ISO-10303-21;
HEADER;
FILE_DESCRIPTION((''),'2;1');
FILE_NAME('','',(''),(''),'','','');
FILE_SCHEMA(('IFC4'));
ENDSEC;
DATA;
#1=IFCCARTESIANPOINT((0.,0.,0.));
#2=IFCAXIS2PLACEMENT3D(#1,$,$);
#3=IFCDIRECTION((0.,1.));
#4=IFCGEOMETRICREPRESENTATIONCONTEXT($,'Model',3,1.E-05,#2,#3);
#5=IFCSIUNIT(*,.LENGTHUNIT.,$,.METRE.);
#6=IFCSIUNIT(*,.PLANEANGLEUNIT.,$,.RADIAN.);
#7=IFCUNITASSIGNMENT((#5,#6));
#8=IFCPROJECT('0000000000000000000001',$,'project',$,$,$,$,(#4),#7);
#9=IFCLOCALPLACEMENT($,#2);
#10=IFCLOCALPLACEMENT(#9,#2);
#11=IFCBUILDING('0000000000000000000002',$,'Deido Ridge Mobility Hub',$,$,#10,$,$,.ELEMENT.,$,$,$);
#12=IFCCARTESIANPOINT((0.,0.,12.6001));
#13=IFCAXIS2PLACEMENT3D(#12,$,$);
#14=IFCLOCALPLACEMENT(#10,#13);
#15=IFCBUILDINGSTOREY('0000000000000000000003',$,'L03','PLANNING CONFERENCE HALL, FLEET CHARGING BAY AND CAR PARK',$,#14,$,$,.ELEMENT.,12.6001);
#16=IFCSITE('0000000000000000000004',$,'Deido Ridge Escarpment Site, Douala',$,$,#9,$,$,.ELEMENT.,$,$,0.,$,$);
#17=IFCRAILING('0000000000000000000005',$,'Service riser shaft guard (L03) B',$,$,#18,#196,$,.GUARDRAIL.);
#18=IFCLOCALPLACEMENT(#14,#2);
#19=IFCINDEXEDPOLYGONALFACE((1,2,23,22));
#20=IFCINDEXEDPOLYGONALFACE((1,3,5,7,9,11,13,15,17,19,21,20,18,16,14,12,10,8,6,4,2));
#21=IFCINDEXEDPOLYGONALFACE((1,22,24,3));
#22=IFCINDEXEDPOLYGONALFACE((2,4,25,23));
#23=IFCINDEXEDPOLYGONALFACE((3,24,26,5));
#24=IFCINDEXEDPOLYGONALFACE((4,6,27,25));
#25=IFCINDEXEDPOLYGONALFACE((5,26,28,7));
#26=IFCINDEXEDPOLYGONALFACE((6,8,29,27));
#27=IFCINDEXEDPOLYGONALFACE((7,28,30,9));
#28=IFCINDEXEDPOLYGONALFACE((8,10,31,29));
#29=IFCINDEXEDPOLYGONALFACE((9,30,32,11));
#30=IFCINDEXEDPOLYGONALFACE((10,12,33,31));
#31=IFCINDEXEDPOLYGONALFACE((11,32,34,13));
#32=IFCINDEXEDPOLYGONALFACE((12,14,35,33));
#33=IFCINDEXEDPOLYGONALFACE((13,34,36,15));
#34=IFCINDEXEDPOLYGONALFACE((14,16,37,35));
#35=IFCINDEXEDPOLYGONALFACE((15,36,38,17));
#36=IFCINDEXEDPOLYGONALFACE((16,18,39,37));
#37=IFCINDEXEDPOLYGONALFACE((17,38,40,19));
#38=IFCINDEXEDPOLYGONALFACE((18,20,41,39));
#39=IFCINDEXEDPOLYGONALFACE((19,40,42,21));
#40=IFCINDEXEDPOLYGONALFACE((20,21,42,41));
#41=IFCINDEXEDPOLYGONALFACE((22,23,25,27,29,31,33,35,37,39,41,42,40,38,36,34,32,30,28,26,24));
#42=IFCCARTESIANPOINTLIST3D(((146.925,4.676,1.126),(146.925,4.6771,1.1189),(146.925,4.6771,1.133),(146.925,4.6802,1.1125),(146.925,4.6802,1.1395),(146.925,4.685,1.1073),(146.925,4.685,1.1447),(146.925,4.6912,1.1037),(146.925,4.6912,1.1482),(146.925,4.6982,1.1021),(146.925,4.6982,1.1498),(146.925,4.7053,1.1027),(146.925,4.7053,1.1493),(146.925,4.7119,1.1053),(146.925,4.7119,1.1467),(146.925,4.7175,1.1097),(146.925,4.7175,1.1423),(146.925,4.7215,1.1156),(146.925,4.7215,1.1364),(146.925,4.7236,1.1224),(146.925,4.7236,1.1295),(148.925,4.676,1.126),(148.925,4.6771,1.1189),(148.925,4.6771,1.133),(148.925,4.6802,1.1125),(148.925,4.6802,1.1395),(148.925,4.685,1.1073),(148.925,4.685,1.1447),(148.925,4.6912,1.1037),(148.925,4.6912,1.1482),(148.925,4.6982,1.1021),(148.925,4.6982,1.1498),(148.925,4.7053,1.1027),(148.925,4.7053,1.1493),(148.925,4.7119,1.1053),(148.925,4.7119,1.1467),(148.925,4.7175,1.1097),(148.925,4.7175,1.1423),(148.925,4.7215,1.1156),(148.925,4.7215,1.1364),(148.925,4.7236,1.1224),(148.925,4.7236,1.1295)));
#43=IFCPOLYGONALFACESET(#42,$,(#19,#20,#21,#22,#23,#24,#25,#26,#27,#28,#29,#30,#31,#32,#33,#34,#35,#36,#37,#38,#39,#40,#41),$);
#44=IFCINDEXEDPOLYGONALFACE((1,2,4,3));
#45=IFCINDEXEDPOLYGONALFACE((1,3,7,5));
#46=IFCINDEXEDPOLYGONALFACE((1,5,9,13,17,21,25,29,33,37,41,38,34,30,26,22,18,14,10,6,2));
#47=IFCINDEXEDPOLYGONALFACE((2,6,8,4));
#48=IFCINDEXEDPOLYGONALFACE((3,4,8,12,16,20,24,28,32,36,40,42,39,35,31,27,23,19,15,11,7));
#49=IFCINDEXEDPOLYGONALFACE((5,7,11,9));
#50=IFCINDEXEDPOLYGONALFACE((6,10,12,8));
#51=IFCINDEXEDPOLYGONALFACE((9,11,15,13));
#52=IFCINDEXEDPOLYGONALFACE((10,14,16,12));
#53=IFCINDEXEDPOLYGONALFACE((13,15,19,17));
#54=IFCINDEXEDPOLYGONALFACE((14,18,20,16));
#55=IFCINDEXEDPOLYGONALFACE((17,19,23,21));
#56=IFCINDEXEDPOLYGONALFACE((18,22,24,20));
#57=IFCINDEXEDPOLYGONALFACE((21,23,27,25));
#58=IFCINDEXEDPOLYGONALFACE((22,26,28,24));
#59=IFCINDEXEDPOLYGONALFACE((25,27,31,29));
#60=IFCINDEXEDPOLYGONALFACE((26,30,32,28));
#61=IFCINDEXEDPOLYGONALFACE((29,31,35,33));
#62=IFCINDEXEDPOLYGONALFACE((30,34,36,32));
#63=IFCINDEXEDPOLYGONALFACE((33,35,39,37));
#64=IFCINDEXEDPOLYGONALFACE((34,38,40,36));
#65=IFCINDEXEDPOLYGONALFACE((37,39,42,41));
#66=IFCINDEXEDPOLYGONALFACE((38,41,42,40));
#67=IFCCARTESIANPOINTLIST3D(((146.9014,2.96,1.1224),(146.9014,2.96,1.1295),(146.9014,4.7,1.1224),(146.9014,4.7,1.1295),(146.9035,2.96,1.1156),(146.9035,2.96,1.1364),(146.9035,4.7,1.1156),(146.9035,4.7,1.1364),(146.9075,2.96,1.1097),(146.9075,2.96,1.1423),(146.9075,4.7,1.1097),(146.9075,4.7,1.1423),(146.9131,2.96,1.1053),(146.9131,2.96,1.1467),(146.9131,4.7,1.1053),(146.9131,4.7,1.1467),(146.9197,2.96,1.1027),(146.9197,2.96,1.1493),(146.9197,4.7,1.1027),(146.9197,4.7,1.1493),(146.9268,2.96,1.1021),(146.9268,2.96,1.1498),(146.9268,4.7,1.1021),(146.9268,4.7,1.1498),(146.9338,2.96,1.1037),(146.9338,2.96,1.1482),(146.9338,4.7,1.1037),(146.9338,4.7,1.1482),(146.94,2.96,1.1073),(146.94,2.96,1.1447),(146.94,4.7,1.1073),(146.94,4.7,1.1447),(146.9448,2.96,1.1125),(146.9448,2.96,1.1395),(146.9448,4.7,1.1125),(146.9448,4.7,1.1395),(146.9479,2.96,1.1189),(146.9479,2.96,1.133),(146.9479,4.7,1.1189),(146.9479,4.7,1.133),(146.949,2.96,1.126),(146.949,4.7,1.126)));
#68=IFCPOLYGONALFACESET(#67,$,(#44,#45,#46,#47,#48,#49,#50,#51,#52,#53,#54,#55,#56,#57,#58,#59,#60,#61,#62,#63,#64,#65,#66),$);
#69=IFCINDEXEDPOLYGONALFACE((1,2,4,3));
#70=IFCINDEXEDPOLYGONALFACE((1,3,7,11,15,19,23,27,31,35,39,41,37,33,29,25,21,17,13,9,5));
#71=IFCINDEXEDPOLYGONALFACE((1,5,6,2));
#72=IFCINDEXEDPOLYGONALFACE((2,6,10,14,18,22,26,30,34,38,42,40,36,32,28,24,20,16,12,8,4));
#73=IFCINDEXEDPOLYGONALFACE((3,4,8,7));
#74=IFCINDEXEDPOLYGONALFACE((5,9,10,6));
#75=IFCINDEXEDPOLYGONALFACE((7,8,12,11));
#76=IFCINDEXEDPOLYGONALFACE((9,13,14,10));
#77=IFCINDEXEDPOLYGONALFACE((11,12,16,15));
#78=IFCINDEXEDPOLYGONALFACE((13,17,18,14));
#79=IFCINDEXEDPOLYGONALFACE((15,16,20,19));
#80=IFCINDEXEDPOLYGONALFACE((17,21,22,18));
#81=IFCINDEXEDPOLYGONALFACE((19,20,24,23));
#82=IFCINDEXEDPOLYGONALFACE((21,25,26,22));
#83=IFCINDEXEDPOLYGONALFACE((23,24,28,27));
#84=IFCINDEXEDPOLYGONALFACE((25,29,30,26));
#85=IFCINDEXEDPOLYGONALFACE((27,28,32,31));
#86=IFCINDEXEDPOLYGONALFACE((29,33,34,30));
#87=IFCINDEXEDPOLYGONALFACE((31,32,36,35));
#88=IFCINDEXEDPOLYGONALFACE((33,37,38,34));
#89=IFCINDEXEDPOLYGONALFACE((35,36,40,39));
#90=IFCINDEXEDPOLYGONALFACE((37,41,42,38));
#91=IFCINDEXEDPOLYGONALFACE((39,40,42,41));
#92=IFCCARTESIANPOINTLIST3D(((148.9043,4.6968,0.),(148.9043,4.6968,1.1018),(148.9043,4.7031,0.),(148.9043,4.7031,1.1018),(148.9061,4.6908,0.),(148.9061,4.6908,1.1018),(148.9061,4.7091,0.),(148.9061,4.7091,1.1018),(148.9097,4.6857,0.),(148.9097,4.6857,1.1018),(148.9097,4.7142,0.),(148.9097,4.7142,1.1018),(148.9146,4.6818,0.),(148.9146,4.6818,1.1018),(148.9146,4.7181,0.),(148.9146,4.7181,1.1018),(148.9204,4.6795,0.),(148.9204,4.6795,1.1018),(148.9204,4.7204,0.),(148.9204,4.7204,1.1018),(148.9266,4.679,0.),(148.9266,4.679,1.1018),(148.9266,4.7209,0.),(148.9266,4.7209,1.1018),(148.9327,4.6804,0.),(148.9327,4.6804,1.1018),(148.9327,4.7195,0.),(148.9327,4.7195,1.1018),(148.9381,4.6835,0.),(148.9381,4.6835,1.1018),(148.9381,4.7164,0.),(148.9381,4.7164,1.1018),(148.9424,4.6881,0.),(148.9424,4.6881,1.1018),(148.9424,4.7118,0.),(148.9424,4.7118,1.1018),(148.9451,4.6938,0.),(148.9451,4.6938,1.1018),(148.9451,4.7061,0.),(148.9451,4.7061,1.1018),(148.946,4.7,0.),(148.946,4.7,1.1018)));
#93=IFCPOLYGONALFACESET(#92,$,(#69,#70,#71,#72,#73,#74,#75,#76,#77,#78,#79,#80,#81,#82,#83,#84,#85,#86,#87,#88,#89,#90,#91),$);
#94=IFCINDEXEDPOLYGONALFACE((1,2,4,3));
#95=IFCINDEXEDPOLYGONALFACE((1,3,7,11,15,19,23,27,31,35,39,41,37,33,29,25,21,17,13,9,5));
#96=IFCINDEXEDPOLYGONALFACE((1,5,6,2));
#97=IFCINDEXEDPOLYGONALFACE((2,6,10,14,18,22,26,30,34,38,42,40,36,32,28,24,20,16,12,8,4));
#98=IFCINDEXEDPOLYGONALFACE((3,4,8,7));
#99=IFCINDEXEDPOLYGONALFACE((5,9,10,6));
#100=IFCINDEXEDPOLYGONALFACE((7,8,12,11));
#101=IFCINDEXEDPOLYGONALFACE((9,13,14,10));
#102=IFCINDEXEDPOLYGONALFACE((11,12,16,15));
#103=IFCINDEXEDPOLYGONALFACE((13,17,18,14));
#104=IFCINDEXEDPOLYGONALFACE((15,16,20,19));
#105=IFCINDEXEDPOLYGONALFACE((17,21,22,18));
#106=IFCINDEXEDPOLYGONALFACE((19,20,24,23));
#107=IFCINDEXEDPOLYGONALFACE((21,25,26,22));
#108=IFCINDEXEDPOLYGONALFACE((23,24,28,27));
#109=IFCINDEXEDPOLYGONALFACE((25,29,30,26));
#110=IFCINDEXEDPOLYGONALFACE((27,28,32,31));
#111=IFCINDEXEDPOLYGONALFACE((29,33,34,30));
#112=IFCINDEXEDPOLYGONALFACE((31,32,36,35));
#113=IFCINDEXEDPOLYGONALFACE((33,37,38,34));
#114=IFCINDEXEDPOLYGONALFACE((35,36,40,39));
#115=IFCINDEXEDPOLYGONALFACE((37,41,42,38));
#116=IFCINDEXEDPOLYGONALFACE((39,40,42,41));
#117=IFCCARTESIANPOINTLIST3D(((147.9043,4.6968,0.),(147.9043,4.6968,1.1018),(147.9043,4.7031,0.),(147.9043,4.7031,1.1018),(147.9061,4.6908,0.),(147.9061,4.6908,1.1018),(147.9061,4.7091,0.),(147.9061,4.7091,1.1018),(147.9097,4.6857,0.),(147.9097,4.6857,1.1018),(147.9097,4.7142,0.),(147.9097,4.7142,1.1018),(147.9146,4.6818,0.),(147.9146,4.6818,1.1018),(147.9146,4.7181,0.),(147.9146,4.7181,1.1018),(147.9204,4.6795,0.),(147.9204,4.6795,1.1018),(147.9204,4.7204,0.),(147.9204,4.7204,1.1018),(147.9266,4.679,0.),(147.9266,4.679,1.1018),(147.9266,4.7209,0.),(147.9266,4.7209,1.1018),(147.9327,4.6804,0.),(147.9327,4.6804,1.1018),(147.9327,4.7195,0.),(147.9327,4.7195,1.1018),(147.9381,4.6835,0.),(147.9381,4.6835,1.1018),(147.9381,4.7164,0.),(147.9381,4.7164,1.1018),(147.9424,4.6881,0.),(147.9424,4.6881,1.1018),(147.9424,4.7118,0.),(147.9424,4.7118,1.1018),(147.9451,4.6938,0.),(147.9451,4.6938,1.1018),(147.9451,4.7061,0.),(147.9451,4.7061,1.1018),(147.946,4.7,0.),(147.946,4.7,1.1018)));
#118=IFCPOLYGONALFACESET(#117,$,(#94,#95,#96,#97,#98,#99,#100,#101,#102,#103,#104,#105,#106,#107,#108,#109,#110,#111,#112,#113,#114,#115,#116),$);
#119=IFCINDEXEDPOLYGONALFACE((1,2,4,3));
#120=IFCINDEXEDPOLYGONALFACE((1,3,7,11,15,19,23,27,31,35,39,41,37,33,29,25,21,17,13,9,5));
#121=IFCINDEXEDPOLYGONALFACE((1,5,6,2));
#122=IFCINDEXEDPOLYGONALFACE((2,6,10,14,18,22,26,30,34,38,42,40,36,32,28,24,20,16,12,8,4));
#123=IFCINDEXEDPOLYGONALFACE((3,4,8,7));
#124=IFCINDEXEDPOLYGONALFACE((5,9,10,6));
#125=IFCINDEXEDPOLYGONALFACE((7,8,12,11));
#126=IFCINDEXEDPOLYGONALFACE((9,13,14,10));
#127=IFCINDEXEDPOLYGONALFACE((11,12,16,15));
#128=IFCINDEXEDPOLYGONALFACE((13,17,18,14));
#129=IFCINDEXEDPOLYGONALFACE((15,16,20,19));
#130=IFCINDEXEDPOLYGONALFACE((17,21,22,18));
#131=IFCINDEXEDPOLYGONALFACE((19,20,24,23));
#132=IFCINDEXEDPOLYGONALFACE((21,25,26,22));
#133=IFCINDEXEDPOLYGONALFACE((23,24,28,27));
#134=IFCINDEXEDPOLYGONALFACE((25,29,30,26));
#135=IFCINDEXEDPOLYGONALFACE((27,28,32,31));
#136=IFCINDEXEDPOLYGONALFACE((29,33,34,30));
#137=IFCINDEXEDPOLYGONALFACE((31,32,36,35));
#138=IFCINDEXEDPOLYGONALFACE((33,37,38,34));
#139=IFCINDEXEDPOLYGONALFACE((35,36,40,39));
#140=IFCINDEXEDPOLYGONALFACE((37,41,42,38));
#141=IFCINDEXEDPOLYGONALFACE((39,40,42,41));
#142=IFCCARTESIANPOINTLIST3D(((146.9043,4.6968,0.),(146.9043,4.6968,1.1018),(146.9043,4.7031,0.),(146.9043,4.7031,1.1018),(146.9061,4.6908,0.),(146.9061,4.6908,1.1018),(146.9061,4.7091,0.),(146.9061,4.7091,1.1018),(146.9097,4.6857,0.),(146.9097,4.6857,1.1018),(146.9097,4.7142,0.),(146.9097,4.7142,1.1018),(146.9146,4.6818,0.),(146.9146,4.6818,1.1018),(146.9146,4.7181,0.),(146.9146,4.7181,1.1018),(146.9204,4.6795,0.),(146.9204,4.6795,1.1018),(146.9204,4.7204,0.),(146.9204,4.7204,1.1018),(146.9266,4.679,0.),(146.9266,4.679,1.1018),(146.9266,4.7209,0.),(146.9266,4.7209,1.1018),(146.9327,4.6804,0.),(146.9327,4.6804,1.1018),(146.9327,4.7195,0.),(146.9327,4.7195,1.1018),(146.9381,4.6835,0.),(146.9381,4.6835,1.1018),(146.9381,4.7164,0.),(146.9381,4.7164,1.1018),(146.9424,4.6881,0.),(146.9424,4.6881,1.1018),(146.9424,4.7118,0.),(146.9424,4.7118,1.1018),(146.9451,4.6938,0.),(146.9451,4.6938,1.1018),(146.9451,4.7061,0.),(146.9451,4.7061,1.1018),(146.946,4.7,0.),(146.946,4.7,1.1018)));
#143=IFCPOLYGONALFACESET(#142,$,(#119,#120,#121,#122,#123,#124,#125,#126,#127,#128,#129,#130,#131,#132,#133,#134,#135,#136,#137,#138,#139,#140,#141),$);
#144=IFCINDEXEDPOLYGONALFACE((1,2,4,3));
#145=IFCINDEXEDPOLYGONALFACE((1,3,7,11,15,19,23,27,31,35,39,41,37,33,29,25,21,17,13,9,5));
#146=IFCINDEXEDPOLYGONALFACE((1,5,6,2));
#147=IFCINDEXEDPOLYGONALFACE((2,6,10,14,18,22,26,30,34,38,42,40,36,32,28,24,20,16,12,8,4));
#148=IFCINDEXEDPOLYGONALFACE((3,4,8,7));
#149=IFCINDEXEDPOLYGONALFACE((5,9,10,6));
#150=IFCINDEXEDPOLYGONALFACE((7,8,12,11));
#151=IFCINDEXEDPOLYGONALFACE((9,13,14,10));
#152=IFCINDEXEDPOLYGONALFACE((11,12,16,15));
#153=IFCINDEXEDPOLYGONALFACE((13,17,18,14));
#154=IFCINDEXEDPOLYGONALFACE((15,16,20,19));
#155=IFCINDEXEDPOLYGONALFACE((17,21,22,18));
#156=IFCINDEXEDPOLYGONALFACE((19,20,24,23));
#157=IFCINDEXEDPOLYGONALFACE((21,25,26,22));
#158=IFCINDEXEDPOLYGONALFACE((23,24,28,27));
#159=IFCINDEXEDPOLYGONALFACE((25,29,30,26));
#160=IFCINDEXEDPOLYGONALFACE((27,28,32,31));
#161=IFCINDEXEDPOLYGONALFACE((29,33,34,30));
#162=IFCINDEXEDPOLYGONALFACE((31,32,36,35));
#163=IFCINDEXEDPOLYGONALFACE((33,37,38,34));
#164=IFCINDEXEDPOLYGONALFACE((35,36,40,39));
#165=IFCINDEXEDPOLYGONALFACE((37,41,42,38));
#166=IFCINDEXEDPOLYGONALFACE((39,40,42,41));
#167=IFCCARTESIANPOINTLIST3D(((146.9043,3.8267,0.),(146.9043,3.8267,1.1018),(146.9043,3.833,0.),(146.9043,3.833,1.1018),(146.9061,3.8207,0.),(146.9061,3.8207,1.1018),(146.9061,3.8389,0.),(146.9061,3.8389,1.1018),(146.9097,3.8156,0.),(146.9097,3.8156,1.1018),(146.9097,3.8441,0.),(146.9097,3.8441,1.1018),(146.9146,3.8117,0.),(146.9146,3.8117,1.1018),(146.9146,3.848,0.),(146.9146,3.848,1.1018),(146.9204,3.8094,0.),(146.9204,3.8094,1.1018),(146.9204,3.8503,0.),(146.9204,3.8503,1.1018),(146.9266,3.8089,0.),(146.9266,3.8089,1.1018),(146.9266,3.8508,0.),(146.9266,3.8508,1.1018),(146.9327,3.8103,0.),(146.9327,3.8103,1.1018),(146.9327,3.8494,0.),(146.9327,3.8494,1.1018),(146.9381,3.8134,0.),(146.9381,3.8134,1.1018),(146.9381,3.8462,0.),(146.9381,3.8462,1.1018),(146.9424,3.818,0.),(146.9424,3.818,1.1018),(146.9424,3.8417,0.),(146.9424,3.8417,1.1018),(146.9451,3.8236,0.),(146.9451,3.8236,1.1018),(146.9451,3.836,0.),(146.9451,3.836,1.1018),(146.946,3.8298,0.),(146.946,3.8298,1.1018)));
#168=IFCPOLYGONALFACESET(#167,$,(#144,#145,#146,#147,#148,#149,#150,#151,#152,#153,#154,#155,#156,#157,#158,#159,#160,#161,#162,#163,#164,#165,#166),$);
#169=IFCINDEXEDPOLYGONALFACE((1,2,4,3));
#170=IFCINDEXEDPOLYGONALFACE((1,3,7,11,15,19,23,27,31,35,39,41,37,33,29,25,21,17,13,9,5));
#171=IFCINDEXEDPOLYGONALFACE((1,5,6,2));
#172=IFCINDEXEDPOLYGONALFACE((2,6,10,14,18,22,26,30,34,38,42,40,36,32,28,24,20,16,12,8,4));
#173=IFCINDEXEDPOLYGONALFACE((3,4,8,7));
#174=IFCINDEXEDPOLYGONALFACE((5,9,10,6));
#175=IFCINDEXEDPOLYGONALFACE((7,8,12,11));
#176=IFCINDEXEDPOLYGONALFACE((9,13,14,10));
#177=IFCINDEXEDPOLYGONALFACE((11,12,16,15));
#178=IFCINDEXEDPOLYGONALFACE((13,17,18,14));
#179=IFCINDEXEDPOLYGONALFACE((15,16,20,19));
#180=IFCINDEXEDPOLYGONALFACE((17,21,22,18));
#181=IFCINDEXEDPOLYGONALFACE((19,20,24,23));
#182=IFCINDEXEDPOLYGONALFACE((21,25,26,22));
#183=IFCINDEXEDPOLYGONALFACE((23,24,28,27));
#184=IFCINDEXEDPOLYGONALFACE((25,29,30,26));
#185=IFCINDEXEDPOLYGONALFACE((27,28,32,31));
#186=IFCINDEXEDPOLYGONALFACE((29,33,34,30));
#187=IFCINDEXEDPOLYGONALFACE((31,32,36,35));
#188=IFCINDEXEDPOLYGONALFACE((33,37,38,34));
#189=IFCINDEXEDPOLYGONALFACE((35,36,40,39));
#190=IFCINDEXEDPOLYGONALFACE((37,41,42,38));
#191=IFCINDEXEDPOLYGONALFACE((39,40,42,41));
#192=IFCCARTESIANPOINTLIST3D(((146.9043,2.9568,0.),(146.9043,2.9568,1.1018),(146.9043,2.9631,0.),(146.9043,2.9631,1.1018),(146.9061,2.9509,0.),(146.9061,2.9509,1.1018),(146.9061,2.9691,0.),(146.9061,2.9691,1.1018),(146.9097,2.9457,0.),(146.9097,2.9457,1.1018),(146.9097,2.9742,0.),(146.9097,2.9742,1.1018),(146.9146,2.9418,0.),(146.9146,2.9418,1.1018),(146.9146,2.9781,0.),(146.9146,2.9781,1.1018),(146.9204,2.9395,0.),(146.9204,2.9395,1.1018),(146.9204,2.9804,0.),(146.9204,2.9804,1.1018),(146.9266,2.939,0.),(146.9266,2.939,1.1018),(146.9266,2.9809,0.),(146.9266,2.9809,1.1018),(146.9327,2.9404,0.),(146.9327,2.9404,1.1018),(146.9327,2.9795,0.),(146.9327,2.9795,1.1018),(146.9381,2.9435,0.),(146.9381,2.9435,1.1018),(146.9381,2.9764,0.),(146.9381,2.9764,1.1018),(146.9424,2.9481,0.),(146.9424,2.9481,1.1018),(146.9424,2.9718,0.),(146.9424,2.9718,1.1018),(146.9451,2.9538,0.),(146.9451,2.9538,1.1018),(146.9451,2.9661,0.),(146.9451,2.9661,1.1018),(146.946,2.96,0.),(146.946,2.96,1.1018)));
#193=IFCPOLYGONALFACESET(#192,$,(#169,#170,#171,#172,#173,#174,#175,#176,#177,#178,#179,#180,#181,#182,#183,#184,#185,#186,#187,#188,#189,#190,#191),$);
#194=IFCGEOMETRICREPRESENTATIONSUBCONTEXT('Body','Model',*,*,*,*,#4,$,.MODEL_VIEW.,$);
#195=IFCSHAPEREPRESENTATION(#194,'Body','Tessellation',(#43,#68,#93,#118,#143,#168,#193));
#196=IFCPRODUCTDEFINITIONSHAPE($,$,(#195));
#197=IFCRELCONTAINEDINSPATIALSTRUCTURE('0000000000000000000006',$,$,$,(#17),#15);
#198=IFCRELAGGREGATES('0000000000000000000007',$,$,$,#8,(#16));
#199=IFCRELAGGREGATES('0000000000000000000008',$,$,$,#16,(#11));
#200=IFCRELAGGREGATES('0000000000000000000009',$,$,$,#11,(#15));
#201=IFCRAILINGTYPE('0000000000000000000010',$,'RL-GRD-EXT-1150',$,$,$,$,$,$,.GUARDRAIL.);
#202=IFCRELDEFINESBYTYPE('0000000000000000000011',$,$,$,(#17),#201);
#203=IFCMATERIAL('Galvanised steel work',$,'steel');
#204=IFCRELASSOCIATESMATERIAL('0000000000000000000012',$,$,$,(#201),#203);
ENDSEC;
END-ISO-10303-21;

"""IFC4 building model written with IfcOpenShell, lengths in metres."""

from ifc_helpers import new_model, si_unit, direction, frame, origin, origin_2d, place, context, subcontext, project, spatial, circle, extrude, material, type_object, element, save


model = new_model("IFC4")

# Units and contexts
model_context = context("Model", 3, precision=1e-05, world=origin(), true_north=direction((0.0, 1.0)))
body_context = subcontext(model_context, "Body", "Model", "MODEL_VIEW")
ifc_project = project(units=[si_unit("LENGTHUNIT", "METRE"), si_unit("PLANEANGLEUNIT", "RADIAN")], contexts=[model_context])

# Site, building, storey
site_placement = place(None, origin())
site = spatial("IfcSite", under=ifc_project, at=site_placement, Name="Deido Ridge Escarpment Site, Douala", CompositionType="ELEMENT", RefElevation=0.0)
building_placement = place(site_placement, origin())
building = spatial("IfcBuilding", under=site, at=building_placement, Name="Deido Ridge Mobility Hub", CompositionType="ELEMENT")
storey_placement = place(building_placement, frame((0.0, 0.0, 12.6001)))
storey = spatial("IfcBuildingStorey", under=building, at=storey_placement, Name="L03", Description="PLANNING CONFERENCE HALL, FLEET CHARGING BAY AND CAR PARK", CompositionType="ELEMENT", Elevation=12.6001)

# Railing
ifc_material_1 = material(Name="Galvanised steel work", Category="steel")
railing_type = type_object("IfcRailingType", Name="RL-GRD-EXT-1150", PredefinedType="GUARDRAIL", material=ifc_material_1)
railing_1_placement = place(storey_placement, frame((148.925, 4.7, 0.0)))
element("IfcRailing", 1, at=railing_1_placement, inside=storey, type_object=railing_type, Name="Service riser shaft guard (L03) B", PredefinedType="GUARDRAIL", context=body_context, shape_type="SweptSolid", body=[
    extrude(circle(Radius=0.0239, at=origin_2d()), frame((0.0, 0.0, 1.126), z_axis=(-1.0, 0.0, 0.0), x_axis=(0.0, -1.0, 0.0)), (0.0, 0.0, 1.0), 2.0),
    extrude(circle(Radius=0.0239, at=origin_2d()), frame((-2.0, 0.0, 1.126), z_axis=(0.0, -1.0, 0.0), x_axis=(1.0, 0.0, 0.0)), (0.0, 0.0, 1.0), 1.74),
    extrude(circle(Radius=0.021, at=origin_2d()), origin(), (0.0, 0.0, 1.0), 1.1018),
    extrude(circle(Radius=0.021, at=origin_2d()), frame((-1.0, 0.0, 0.0)), (0.0, 0.0, 1.0), 1.1018),
    extrude(circle(Radius=0.021, at=origin_2d()), frame((-2.0, 0.0, 0.0)), (0.0, 0.0, 1.0), 1.1018),
    extrude(circle(Radius=0.021, at=origin_2d()), frame((-2.0, -0.8701, 0.0)), (0.0, 0.0, 1.0), 1.1018),
    extrude(circle(Radius=0.021, at=origin_2d()), frame((-2.0, -1.74, 0.0)), (0.0, 0.0, 1.0), 1.1018),
])

save(model, "model.ifc")
